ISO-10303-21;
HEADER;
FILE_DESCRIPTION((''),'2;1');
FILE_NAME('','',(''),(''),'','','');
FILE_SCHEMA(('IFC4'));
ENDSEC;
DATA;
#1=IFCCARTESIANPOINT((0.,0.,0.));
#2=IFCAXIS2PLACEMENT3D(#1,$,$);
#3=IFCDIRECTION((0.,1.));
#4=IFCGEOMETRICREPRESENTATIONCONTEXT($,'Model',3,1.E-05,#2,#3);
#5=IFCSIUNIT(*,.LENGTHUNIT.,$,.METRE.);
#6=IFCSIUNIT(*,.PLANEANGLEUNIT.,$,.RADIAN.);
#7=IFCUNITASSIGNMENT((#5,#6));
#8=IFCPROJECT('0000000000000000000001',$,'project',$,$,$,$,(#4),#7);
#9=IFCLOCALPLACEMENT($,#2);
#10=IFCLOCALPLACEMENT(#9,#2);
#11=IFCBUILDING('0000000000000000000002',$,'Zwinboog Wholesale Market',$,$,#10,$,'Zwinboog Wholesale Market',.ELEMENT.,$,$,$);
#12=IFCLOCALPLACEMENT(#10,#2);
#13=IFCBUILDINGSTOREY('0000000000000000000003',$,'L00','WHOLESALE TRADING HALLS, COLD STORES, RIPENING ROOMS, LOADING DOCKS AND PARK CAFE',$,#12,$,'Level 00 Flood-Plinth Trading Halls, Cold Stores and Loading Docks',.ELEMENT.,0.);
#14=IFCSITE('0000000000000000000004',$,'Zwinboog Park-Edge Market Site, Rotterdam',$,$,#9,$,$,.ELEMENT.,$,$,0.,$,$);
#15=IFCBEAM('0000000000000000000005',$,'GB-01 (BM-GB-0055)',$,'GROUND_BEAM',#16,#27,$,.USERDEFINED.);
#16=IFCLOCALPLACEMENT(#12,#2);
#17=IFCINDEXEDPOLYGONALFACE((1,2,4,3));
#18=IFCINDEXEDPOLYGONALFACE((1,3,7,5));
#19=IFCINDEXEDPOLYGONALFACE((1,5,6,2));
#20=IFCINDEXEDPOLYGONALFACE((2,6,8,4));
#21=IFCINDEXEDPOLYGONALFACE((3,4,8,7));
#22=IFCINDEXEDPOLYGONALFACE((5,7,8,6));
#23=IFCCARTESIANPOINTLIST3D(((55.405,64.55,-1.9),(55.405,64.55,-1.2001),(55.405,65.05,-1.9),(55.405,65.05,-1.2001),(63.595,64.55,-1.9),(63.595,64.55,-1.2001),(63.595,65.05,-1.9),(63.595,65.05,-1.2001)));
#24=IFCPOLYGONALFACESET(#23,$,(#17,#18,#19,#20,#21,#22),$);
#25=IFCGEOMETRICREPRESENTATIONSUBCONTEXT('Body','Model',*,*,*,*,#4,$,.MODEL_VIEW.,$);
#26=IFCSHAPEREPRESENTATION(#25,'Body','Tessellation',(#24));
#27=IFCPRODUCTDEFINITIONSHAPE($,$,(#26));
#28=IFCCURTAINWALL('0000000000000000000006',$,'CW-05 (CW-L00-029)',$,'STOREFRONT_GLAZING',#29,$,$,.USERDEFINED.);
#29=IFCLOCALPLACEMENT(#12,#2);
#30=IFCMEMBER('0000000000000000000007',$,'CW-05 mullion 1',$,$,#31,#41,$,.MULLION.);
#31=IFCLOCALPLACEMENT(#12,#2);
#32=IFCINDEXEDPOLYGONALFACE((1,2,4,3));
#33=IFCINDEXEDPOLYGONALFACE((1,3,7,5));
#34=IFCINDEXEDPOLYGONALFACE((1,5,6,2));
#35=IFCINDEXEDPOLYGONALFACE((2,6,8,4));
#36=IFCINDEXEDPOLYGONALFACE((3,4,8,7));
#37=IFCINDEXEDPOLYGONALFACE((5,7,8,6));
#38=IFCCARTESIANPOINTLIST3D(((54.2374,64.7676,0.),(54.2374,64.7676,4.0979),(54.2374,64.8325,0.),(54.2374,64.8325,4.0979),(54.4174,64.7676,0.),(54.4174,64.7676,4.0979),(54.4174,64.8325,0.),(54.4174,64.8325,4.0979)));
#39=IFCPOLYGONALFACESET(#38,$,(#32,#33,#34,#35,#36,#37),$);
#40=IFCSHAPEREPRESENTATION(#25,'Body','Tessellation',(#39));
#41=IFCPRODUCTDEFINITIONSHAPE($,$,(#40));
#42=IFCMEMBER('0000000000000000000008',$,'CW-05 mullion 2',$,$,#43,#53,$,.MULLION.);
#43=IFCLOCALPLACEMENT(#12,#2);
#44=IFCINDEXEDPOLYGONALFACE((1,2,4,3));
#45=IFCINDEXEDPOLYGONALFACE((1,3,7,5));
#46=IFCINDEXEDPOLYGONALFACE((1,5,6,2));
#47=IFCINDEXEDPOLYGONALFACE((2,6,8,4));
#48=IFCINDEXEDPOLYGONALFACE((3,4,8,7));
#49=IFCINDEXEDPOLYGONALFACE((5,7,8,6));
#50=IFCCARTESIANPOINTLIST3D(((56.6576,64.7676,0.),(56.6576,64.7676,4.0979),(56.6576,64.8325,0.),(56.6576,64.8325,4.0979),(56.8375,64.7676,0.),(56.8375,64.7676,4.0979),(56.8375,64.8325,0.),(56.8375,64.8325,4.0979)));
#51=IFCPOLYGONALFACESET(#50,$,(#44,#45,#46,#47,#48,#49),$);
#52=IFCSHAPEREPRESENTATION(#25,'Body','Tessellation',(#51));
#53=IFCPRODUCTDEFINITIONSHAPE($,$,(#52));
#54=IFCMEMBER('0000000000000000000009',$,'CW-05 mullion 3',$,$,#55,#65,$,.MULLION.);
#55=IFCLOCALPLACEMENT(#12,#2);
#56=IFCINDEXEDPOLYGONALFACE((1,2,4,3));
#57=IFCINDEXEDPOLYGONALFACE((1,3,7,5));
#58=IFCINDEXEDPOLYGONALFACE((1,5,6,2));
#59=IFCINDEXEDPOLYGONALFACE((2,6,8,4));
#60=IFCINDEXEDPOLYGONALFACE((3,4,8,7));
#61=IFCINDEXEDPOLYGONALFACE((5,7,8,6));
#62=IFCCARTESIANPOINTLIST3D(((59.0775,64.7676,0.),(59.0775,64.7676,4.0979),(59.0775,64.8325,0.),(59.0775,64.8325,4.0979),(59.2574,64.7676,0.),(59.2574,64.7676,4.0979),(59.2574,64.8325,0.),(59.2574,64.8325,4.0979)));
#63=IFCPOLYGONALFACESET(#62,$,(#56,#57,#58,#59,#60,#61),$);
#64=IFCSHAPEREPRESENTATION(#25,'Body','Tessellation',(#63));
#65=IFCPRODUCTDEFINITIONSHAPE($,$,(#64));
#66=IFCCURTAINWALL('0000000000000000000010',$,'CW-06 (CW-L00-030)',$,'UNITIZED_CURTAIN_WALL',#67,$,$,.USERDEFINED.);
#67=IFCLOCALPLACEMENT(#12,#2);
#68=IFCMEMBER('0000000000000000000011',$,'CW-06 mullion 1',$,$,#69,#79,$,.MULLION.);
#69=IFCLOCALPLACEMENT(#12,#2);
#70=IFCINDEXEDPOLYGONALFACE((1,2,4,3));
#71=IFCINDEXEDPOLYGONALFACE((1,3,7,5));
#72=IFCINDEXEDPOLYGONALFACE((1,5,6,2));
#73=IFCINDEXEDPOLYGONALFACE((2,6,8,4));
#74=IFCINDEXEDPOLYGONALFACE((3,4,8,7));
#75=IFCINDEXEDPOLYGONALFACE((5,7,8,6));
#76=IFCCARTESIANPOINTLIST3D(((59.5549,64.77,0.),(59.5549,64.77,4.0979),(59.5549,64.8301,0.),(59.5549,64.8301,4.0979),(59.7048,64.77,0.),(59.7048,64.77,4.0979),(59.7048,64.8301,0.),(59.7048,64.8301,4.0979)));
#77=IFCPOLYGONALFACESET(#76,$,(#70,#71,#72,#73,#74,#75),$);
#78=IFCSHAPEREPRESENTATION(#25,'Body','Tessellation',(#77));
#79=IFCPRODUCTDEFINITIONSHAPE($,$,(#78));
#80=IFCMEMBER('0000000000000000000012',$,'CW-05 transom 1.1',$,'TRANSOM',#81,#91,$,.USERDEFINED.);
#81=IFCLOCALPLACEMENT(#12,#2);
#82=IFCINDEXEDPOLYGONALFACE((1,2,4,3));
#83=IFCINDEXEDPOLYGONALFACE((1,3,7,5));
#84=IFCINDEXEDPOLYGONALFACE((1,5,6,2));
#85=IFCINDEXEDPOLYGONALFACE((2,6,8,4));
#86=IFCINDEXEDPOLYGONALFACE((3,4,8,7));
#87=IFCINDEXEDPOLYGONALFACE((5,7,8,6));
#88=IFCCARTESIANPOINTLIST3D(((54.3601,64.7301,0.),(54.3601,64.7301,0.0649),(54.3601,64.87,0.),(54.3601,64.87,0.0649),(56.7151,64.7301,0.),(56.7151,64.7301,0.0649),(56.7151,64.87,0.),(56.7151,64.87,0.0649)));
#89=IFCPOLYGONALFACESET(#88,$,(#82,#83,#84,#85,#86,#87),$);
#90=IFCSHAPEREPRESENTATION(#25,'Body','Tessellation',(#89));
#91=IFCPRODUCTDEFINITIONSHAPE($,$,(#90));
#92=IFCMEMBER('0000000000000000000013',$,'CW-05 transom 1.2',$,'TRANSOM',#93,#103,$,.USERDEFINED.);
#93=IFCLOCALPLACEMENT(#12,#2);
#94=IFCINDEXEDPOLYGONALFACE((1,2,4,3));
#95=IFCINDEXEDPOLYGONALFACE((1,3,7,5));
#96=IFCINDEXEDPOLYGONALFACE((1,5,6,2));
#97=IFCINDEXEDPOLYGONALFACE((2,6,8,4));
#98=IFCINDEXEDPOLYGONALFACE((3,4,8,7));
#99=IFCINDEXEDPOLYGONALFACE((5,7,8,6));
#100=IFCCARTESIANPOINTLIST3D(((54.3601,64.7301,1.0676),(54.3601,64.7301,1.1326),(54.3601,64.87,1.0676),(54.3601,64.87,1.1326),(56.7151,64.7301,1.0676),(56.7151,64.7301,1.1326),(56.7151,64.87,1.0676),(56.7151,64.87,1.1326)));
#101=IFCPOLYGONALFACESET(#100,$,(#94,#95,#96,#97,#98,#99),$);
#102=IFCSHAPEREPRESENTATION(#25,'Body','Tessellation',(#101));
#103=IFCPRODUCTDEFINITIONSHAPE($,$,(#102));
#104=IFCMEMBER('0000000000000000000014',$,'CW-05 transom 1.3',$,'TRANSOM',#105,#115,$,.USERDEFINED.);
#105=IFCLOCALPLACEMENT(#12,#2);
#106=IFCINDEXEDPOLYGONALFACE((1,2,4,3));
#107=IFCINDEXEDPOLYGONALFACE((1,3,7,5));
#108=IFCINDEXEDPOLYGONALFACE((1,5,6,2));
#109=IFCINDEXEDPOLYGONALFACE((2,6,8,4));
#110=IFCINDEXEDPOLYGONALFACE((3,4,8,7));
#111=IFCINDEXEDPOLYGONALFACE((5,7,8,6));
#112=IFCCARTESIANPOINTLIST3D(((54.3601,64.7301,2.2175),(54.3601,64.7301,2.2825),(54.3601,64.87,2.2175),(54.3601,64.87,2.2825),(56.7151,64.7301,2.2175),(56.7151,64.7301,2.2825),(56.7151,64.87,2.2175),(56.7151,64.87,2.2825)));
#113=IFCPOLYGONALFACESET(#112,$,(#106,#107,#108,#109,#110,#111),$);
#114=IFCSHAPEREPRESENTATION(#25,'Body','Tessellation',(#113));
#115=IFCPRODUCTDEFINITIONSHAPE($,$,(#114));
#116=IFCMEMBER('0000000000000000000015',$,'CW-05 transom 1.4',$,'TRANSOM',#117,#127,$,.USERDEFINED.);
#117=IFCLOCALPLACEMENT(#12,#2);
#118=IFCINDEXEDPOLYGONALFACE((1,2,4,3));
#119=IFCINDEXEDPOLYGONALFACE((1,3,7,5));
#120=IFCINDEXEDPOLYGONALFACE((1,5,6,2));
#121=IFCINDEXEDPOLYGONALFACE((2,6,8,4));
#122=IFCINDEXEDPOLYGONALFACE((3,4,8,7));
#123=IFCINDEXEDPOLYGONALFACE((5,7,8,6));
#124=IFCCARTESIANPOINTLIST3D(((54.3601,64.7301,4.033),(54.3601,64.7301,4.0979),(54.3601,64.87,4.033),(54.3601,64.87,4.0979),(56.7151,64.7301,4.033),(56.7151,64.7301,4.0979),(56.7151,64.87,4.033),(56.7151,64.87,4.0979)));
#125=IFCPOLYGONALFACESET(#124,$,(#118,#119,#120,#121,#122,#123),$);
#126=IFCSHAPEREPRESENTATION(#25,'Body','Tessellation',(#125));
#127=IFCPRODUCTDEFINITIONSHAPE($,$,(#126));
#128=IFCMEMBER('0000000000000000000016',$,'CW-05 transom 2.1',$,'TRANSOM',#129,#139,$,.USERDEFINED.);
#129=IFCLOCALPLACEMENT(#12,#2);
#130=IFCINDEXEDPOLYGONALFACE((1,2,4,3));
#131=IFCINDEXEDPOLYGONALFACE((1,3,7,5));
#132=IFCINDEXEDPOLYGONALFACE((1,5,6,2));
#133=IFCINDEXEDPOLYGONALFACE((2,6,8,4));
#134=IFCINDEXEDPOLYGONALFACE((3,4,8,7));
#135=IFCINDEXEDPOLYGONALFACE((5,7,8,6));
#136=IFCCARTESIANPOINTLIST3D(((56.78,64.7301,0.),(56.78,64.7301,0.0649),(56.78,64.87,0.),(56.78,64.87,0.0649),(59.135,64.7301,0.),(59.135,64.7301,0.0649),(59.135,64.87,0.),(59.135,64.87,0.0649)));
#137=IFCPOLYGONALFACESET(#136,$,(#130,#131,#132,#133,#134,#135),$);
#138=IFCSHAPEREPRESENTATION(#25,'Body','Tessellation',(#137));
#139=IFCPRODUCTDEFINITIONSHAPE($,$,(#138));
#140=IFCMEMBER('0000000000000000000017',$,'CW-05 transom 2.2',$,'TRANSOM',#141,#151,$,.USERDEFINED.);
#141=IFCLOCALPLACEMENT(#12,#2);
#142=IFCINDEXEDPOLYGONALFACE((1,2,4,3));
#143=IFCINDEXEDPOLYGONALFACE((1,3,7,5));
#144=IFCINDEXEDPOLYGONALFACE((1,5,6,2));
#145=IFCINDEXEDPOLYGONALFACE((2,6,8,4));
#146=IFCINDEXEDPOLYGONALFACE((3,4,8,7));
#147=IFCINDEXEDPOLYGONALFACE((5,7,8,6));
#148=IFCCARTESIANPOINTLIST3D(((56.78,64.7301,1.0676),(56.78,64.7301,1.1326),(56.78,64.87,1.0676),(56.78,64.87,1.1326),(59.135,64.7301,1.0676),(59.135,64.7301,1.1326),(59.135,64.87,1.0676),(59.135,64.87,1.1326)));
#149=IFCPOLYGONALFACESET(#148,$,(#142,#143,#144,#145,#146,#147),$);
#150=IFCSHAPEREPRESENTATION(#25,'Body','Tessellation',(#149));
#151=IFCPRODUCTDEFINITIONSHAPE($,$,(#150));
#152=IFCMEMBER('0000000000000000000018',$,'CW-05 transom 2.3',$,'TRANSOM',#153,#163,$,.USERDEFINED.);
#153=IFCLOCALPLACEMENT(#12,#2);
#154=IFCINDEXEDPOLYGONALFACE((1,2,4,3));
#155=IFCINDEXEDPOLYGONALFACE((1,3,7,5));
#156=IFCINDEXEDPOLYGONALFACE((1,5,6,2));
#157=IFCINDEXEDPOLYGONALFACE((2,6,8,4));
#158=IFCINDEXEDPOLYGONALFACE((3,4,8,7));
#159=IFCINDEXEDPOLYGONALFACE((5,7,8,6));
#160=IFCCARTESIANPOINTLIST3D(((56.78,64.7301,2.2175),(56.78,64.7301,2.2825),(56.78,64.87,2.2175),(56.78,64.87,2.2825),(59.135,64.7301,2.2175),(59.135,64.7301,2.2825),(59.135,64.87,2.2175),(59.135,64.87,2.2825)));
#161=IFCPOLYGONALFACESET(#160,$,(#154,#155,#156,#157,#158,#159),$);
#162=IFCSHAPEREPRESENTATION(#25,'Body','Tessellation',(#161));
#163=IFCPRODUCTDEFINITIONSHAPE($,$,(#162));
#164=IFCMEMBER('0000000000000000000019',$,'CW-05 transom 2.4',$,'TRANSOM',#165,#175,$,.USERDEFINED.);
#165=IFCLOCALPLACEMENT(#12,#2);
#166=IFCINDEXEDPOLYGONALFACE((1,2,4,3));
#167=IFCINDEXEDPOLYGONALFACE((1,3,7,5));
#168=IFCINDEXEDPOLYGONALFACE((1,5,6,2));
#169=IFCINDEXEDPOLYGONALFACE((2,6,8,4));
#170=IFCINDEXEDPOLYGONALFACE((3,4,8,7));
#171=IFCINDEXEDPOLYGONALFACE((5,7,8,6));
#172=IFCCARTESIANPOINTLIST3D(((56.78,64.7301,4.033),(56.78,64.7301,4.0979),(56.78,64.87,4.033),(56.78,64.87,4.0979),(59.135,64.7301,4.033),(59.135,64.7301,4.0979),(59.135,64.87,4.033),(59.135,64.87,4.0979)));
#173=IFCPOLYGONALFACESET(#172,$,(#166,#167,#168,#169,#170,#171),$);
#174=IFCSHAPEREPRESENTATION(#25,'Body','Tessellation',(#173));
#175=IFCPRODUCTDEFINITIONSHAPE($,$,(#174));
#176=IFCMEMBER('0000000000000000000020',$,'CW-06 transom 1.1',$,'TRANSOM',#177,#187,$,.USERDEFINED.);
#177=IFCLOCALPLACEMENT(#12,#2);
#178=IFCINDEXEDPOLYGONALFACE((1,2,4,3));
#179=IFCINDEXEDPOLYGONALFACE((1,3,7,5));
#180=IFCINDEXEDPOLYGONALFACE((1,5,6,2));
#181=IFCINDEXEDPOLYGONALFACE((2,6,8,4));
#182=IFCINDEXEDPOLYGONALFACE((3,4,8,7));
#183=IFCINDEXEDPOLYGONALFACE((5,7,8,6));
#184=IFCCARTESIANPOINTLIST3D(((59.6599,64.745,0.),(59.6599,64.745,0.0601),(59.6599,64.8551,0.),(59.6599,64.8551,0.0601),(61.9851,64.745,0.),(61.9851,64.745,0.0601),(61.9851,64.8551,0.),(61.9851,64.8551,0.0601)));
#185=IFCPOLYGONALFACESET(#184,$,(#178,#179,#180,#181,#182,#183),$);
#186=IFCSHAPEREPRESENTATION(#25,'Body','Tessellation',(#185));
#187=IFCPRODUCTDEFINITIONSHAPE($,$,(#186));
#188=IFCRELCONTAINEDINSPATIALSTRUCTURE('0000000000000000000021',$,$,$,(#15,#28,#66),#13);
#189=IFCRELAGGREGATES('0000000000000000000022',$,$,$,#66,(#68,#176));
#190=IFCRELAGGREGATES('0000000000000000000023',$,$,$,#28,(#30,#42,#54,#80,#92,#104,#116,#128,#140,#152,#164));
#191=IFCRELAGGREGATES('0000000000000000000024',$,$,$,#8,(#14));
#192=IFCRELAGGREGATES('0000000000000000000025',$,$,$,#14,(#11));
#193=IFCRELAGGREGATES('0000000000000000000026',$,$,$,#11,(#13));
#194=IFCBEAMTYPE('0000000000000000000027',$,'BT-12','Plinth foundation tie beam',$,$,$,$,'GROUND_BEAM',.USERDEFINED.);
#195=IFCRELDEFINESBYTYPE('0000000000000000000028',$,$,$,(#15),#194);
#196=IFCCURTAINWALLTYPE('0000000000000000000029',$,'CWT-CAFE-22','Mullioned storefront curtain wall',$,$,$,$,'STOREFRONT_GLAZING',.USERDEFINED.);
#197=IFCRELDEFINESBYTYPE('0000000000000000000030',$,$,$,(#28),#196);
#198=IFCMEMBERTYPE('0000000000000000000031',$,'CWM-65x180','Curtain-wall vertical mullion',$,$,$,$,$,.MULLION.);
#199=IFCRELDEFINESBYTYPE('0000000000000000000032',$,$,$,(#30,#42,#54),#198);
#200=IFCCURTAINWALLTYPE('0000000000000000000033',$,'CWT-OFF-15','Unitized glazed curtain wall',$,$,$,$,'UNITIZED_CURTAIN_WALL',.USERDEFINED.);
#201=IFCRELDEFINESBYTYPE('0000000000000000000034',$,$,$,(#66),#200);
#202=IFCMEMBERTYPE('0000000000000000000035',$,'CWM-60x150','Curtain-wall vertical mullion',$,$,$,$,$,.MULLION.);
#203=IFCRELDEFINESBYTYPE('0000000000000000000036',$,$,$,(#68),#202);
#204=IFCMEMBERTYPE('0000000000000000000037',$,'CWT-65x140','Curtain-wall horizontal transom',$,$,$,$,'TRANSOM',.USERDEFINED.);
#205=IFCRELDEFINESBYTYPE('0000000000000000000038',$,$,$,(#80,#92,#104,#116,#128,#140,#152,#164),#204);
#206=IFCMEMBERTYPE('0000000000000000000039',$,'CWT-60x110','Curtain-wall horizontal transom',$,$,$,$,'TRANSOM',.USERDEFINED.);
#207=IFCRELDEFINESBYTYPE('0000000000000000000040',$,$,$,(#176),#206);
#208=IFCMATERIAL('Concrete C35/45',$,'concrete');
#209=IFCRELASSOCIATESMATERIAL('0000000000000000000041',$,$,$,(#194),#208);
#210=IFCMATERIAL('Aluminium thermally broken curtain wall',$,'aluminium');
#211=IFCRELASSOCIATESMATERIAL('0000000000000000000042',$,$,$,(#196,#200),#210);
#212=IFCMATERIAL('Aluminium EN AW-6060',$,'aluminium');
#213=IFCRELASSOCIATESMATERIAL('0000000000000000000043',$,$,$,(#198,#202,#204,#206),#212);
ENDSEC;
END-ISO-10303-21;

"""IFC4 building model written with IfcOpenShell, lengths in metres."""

from ifc_helpers import new_model, si_unit, direction, frame, origin, origin_2d, place, context, subcontext, project, spatial, rectangle, extrude, material, material_profile, profile_set, type_object, element, aggregate, save


model = new_model("IFC4")

# Units and contexts
model_context = context("Model", 3, precision=1e-05, world=origin(), true_north=direction((0.0, 1.0)))
body_context = subcontext(model_context, "Body", "Model", "MODEL_VIEW")
ifc_project = project(units=[si_unit("LENGTHUNIT", "METRE"), si_unit("PLANEANGLEUNIT", "RADIAN")], contexts=[model_context])

# Site, building, storey
site_placement = place(None, origin())
site = spatial("IfcSite", under=ifc_project, at=site_placement, Name="Zwinboog Park-Edge Market Site, Rotterdam", CompositionType="ELEMENT", RefElevation=0.0)
building_placement = place(site_placement, origin())
building = spatial("IfcBuilding", under=site, at=building_placement, Name="Zwinboog Wholesale Market", LongName="Zwinboog Wholesale Market", CompositionType="ELEMENT")
storey_placement = place(building_placement, origin())
storey = spatial("IfcBuildingStorey", under=building, at=storey_placement, Name="L00", Description="WHOLESALE TRADING HALLS, COLD STORES, RIPENING ROOMS, LOADING DOCKS AND PARK CAFE", LongName="Level 00 Flood-Plinth Trading Halls, Cold Stores and Loading Docks", CompositionType="ELEMENT", Elevation=0.0)

# Beam
ifc_material_1 = material(Name="Concrete C35/45", Category="concrete")
ifc_material_profile_1 = material_profile(ifc_material_1, rectangle(XDim=0.5, YDim=0.7, at=origin_2d()), Name="RC 500x700")
ifc_profile_set_1 = profile_set([ifc_material_profile_1], Name="Concrete C35/45")
beam_type = type_object("IfcBeamType", Name="BT-12", Description="Plinth foundation tie beam", ElementType="GROUND_BEAM", PredefinedType="USERDEFINED", material=ifc_profile_set_1)
beam_placement = place(storey_placement, frame((55.405, 64.8, -1.55), z_axis=(1.0, 0.0, 0.0), x_axis=(0.0, 1.0, 0.0)))
element("IfcBeam", 1, at=beam_placement, inside=storey, type_object=beam_type, Name="GB-01 (BM-GB-0055)", ObjectType="GROUND_BEAM", PredefinedType="USERDEFINED", context=body_context, shape_type="SweptSolid", body=[
    extrude(rectangle(XDim=0.5, YDim=0.7, at=origin_2d()), origin(), (0.0, 0.0, 1.0), 8.1899),
])

# Curtain wall, members
ifc_material_2 = material(Name="Aluminium thermally broken curtain wall", Category="aluminium")
curtain_wall_type_1 = type_object("IfcCurtainWallType", Name="CWT-CAFE-22", Description="Mullioned storefront curtain wall", ElementType="STOREFRONT_GLAZING", PredefinedType="USERDEFINED", material=ifc_material_2)
curtain_wall_1_placement = place(storey_placement, origin())
curtain_wall_1 = element("IfcCurtainWall", 2, at=curtain_wall_1_placement, inside=storey, type_object=curtain_wall_type_1, Name="CW-05 (CW-L00-029)", ObjectType="STOREFRONT_GLAZING", PredefinedType="USERDEFINED")
ifc_material_3 = material(Name="Aluminium EN AW-6060", Category="aluminium")
ifc_material_profile_2 = material_profile(ifc_material_3, rectangle(XDim=0.0649, YDim=0.1799, at=origin_2d()), Name="AL 65x180")
ifc_profile_set_2 = profile_set([ifc_material_profile_2], Name="Aluminium EN AW-6060")
member_type_1 = type_object("IfcMemberType", Name="CWM-65x180", Description="Curtain-wall vertical mullion", PredefinedType="MULLION", material=ifc_profile_set_2)
member_1_placement = place(storey_placement, frame((54.3274, 64.8, 0.0), z_axis=(0.0, 0.0, 1.0), x_axis=(0.0, 1.0, 0.0)))
member_1 = element("IfcMember", 3, at=member_1_placement, type_object=member_type_1, Name="CW-05 mullion 1", PredefinedType="MULLION", context=body_context, shape_type="SweptSolid", body=[
    extrude(rectangle(XDim=0.0649, YDim=0.1799, at=origin_2d()), origin(), (0.0, 0.0, 1.0), 4.0979),
])
member_2_placement = place(storey_placement, frame((56.7476, 64.8, 0.0), z_axis=(0.0, 0.0, 1.0), x_axis=(0.0, 1.0, 0.0)))
member_2 = element("IfcMember", 4, at=member_2_placement, type_object=member_type_1, Name="CW-05 mullion 2", PredefinedType="MULLION", context=body_context, shape_type="SweptSolid", body=[
    extrude(rectangle(XDim=0.0649, YDim=0.1799, at=origin_2d()), origin(), (0.0, 0.0, 1.0), 4.0979),
])
member_3_placement = place(storey_placement, frame((59.1675, 64.8, 0.0), z_axis=(0.0, 0.0, 1.0), x_axis=(0.0, 1.0, 0.0)))
member_3 = element("IfcMember", 5, at=member_3_placement, type_object=member_type_1, Name="CW-05 mullion 3", PredefinedType="MULLION", context=body_context, shape_type="SweptSolid", body=[
    extrude(rectangle(XDim=0.0649, YDim=0.1799, at=origin_2d()), origin(), (0.0, 0.0, 1.0), 4.0979),
])

# Curtain wall, member
curtain_wall_type_2 = type_object("IfcCurtainWallType", Name="CWT-OFF-15", Description="Unitized glazed curtain wall", ElementType="UNITIZED_CURTAIN_WALL", PredefinedType="USERDEFINED", material=ifc_material_2)
curtain_wall_2_placement = place(storey_placement, origin())
curtain_wall_2 = element("IfcCurtainWall", 6, at=curtain_wall_2_placement, inside=storey, type_object=curtain_wall_type_2, Name="CW-06 (CW-L00-030)", ObjectType="UNITIZED_CURTAIN_WALL", PredefinedType="USERDEFINED")
ifc_material_profile_3 = material_profile(ifc_material_3, rectangle(XDim=0.0601, YDim=0.1499, at=origin_2d()), Name="AL 60x150")
ifc_profile_set_3 = profile_set([ifc_material_profile_3], Name="Aluminium EN AW-6060")
member_type_2 = type_object("IfcMemberType", Name="CWM-60x150", Description="Curtain-wall vertical mullion", PredefinedType="MULLION", material=ifc_profile_set_3)
member_4_placement = place(storey_placement, frame((59.6299, 64.8, 0.0), z_axis=(0.0, 0.0, 1.0), x_axis=(0.0, 1.0, 0.0)))
member_4 = element("IfcMember", 7, at=member_4_placement, type_object=member_type_2, Name="CW-06 mullion 1", PredefinedType="MULLION", context=body_context, shape_type="SweptSolid", body=[
    extrude(rectangle(XDim=0.0601, YDim=0.1499, at=origin_2d()), origin(), (0.0, 0.0, 1.0), 4.0979),
])

# Members
ifc_material_profile_4 = material_profile(ifc_material_3, rectangle(XDim=0.1399, YDim=0.0649, at=origin_2d()), Name="AL 65x140")
ifc_profile_set_4 = profile_set([ifc_material_profile_4], Name="Aluminium EN AW-6060")
member_type_3 = type_object("IfcMemberType", Name="CWT-65x140", Description="Curtain-wall horizontal transom", ElementType="TRANSOM", PredefinedType="USERDEFINED", material=ifc_profile_set_4)
member_5_placement = place(storey_placement, frame((54.3601, 64.8, 0.0325), z_axis=(1.0, 0.0, 0.0), x_axis=(0.0, 1.0, 0.0)))
member_5 = element("IfcMember", 8, at=member_5_placement, type_object=member_type_3, Name="CW-05 transom 1.1", ObjectType="TRANSOM", PredefinedType="USERDEFINED", context=body_context, shape_type="SweptSolid", body=[
    extrude(rectangle(XDim=0.1399, YDim=0.0649, at=origin_2d()), origin(), (0.0, 0.0, 1.0), 2.355),
])
member_6_placement = place(storey_placement, frame((54.3601, 64.8, 1.1001), z_axis=(1.0, 0.0, 0.0), x_axis=(0.0, 1.0, 0.0)))
member_6 = element("IfcMember", 9, at=member_6_placement, type_object=member_type_3, Name="CW-05 transom 1.2", ObjectType="TRANSOM", PredefinedType="USERDEFINED", context=body_context, shape_type="SweptSolid", body=[
    extrude(rectangle(XDim=0.1399, YDim=0.0649, at=origin_2d()), origin(), (0.0, 0.0, 1.0), 2.355),
])
member_7_placement = place(storey_placement, frame((54.3601, 64.8, 2.25), z_axis=(1.0, 0.0, 0.0), x_axis=(0.0, 1.0, 0.0)))
member_7 = element("IfcMember", 10, at=member_7_placement, type_object=member_type_3, Name="CW-05 transom 1.3", ObjectType="TRANSOM", PredefinedType="USERDEFINED", context=body_context, shape_type="SweptSolid", body=[
    extrude(rectangle(XDim=0.1399, YDim=0.0649, at=origin_2d()), origin(), (0.0, 0.0, 1.0), 2.355),
])
member_8_placement = place(storey_placement, frame((54.3601, 64.8, 4.0654), z_axis=(1.0, 0.0, 0.0), x_axis=(0.0, 1.0, 0.0)))
member_8 = element("IfcMember", 11, at=member_8_placement, type_object=member_type_3, Name="CW-05 transom 1.4", ObjectType="TRANSOM", PredefinedType="USERDEFINED", context=body_context, shape_type="SweptSolid", body=[
    extrude(rectangle(XDim=0.1399, YDim=0.0649, at=origin_2d()), origin(), (0.0, 0.0, 1.0), 2.355),
])
member_9_placement = place(storey_placement, frame((56.78, 64.8, 0.0325), z_axis=(1.0, 0.0, 0.0), x_axis=(0.0, 1.0, 0.0)))
member_9 = element("IfcMember", 12, at=member_9_placement, type_object=member_type_3, Name="CW-05 transom 2.1", ObjectType="TRANSOM", PredefinedType="USERDEFINED", context=body_context, shape_type="SweptSolid", body=[
    extrude(rectangle(XDim=0.1399, YDim=0.0649, at=origin_2d()), origin(), (0.0, 0.0, 1.0), 2.355),
])
member_10_placement = place(storey_placement, frame((56.78, 64.8, 1.1001), z_axis=(1.0, 0.0, 0.0), x_axis=(0.0, 1.0, 0.0)))
member_10 = element("IfcMember", 13, at=member_10_placement, type_object=member_type_3, Name="CW-05 transom 2.2", ObjectType="TRANSOM", PredefinedType="USERDEFINED", context=body_context, shape_type="SweptSolid", body=[
    extrude(rectangle(XDim=0.1399, YDim=0.0649, at=origin_2d()), origin(), (0.0, 0.0, 1.0), 2.355),
])
member_11_placement = place(storey_placement, frame((56.78, 64.8, 2.25), z_axis=(1.0, 0.0, 0.0), x_axis=(0.0, 1.0, 0.0)))
member_11 = element("IfcMember", 14, at=member_11_placement, type_object=member_type_3, Name="CW-05 transom 2.3", ObjectType="TRANSOM", PredefinedType="USERDEFINED", context=body_context, shape_type="SweptSolid", body=[
    extrude(rectangle(XDim=0.1399, YDim=0.0649, at=origin_2d()), origin(), (0.0, 0.0, 1.0), 2.355),
])
member_12_placement = place(storey_placement, frame((56.78, 64.8, 4.0654), z_axis=(1.0, 0.0, 0.0), x_axis=(0.0, 1.0, 0.0)))
member_12 = element("IfcMember", 15, at=member_12_placement, type_object=member_type_3, Name="CW-05 transom 2.4", ObjectType="TRANSOM", PredefinedType="USERDEFINED", context=body_context, shape_type="SweptSolid", body=[
    extrude(rectangle(XDim=0.1399, YDim=0.0649, at=origin_2d()), origin(), (0.0, 0.0, 1.0), 2.355),
])
ifc_material_profile_5 = material_profile(ifc_material_3, rectangle(XDim=0.1101, YDim=0.0601, at=origin_2d()), Name="AL 60x110")
ifc_profile_set_5 = profile_set([ifc_material_profile_5], Name="Aluminium EN AW-6060")
member_type_4 = type_object("IfcMemberType", Name="CWT-60x110", Description="Curtain-wall horizontal transom", ElementType="TRANSOM", PredefinedType="USERDEFINED", material=ifc_profile_set_5)
member_13_placement = place(storey_placement, frame((59.6599, 64.8, 0.03), z_axis=(1.0, 0.0, 0.0), x_axis=(0.0, 1.0, 0.0)))
member_13 = element("IfcMember", 16, at=member_13_placement, type_object=member_type_4, Name="CW-06 transom 1.1", ObjectType="TRANSOM", PredefinedType="USERDEFINED", context=body_context, shape_type="SweptSolid", body=[
    extrude(rectangle(XDim=0.1101, YDim=0.0601, at=origin_2d()), origin(), (0.0, 0.0, 1.0), 2.3252),
])
aggregate(curtain_wall_2, [member_4, member_13])

aggregate(curtain_wall_1, [member_1, member_2, member_3, member_5, member_6, member_7, member_8, member_9, member_10, member_11, member_12])

save(model, "model.ifc")
